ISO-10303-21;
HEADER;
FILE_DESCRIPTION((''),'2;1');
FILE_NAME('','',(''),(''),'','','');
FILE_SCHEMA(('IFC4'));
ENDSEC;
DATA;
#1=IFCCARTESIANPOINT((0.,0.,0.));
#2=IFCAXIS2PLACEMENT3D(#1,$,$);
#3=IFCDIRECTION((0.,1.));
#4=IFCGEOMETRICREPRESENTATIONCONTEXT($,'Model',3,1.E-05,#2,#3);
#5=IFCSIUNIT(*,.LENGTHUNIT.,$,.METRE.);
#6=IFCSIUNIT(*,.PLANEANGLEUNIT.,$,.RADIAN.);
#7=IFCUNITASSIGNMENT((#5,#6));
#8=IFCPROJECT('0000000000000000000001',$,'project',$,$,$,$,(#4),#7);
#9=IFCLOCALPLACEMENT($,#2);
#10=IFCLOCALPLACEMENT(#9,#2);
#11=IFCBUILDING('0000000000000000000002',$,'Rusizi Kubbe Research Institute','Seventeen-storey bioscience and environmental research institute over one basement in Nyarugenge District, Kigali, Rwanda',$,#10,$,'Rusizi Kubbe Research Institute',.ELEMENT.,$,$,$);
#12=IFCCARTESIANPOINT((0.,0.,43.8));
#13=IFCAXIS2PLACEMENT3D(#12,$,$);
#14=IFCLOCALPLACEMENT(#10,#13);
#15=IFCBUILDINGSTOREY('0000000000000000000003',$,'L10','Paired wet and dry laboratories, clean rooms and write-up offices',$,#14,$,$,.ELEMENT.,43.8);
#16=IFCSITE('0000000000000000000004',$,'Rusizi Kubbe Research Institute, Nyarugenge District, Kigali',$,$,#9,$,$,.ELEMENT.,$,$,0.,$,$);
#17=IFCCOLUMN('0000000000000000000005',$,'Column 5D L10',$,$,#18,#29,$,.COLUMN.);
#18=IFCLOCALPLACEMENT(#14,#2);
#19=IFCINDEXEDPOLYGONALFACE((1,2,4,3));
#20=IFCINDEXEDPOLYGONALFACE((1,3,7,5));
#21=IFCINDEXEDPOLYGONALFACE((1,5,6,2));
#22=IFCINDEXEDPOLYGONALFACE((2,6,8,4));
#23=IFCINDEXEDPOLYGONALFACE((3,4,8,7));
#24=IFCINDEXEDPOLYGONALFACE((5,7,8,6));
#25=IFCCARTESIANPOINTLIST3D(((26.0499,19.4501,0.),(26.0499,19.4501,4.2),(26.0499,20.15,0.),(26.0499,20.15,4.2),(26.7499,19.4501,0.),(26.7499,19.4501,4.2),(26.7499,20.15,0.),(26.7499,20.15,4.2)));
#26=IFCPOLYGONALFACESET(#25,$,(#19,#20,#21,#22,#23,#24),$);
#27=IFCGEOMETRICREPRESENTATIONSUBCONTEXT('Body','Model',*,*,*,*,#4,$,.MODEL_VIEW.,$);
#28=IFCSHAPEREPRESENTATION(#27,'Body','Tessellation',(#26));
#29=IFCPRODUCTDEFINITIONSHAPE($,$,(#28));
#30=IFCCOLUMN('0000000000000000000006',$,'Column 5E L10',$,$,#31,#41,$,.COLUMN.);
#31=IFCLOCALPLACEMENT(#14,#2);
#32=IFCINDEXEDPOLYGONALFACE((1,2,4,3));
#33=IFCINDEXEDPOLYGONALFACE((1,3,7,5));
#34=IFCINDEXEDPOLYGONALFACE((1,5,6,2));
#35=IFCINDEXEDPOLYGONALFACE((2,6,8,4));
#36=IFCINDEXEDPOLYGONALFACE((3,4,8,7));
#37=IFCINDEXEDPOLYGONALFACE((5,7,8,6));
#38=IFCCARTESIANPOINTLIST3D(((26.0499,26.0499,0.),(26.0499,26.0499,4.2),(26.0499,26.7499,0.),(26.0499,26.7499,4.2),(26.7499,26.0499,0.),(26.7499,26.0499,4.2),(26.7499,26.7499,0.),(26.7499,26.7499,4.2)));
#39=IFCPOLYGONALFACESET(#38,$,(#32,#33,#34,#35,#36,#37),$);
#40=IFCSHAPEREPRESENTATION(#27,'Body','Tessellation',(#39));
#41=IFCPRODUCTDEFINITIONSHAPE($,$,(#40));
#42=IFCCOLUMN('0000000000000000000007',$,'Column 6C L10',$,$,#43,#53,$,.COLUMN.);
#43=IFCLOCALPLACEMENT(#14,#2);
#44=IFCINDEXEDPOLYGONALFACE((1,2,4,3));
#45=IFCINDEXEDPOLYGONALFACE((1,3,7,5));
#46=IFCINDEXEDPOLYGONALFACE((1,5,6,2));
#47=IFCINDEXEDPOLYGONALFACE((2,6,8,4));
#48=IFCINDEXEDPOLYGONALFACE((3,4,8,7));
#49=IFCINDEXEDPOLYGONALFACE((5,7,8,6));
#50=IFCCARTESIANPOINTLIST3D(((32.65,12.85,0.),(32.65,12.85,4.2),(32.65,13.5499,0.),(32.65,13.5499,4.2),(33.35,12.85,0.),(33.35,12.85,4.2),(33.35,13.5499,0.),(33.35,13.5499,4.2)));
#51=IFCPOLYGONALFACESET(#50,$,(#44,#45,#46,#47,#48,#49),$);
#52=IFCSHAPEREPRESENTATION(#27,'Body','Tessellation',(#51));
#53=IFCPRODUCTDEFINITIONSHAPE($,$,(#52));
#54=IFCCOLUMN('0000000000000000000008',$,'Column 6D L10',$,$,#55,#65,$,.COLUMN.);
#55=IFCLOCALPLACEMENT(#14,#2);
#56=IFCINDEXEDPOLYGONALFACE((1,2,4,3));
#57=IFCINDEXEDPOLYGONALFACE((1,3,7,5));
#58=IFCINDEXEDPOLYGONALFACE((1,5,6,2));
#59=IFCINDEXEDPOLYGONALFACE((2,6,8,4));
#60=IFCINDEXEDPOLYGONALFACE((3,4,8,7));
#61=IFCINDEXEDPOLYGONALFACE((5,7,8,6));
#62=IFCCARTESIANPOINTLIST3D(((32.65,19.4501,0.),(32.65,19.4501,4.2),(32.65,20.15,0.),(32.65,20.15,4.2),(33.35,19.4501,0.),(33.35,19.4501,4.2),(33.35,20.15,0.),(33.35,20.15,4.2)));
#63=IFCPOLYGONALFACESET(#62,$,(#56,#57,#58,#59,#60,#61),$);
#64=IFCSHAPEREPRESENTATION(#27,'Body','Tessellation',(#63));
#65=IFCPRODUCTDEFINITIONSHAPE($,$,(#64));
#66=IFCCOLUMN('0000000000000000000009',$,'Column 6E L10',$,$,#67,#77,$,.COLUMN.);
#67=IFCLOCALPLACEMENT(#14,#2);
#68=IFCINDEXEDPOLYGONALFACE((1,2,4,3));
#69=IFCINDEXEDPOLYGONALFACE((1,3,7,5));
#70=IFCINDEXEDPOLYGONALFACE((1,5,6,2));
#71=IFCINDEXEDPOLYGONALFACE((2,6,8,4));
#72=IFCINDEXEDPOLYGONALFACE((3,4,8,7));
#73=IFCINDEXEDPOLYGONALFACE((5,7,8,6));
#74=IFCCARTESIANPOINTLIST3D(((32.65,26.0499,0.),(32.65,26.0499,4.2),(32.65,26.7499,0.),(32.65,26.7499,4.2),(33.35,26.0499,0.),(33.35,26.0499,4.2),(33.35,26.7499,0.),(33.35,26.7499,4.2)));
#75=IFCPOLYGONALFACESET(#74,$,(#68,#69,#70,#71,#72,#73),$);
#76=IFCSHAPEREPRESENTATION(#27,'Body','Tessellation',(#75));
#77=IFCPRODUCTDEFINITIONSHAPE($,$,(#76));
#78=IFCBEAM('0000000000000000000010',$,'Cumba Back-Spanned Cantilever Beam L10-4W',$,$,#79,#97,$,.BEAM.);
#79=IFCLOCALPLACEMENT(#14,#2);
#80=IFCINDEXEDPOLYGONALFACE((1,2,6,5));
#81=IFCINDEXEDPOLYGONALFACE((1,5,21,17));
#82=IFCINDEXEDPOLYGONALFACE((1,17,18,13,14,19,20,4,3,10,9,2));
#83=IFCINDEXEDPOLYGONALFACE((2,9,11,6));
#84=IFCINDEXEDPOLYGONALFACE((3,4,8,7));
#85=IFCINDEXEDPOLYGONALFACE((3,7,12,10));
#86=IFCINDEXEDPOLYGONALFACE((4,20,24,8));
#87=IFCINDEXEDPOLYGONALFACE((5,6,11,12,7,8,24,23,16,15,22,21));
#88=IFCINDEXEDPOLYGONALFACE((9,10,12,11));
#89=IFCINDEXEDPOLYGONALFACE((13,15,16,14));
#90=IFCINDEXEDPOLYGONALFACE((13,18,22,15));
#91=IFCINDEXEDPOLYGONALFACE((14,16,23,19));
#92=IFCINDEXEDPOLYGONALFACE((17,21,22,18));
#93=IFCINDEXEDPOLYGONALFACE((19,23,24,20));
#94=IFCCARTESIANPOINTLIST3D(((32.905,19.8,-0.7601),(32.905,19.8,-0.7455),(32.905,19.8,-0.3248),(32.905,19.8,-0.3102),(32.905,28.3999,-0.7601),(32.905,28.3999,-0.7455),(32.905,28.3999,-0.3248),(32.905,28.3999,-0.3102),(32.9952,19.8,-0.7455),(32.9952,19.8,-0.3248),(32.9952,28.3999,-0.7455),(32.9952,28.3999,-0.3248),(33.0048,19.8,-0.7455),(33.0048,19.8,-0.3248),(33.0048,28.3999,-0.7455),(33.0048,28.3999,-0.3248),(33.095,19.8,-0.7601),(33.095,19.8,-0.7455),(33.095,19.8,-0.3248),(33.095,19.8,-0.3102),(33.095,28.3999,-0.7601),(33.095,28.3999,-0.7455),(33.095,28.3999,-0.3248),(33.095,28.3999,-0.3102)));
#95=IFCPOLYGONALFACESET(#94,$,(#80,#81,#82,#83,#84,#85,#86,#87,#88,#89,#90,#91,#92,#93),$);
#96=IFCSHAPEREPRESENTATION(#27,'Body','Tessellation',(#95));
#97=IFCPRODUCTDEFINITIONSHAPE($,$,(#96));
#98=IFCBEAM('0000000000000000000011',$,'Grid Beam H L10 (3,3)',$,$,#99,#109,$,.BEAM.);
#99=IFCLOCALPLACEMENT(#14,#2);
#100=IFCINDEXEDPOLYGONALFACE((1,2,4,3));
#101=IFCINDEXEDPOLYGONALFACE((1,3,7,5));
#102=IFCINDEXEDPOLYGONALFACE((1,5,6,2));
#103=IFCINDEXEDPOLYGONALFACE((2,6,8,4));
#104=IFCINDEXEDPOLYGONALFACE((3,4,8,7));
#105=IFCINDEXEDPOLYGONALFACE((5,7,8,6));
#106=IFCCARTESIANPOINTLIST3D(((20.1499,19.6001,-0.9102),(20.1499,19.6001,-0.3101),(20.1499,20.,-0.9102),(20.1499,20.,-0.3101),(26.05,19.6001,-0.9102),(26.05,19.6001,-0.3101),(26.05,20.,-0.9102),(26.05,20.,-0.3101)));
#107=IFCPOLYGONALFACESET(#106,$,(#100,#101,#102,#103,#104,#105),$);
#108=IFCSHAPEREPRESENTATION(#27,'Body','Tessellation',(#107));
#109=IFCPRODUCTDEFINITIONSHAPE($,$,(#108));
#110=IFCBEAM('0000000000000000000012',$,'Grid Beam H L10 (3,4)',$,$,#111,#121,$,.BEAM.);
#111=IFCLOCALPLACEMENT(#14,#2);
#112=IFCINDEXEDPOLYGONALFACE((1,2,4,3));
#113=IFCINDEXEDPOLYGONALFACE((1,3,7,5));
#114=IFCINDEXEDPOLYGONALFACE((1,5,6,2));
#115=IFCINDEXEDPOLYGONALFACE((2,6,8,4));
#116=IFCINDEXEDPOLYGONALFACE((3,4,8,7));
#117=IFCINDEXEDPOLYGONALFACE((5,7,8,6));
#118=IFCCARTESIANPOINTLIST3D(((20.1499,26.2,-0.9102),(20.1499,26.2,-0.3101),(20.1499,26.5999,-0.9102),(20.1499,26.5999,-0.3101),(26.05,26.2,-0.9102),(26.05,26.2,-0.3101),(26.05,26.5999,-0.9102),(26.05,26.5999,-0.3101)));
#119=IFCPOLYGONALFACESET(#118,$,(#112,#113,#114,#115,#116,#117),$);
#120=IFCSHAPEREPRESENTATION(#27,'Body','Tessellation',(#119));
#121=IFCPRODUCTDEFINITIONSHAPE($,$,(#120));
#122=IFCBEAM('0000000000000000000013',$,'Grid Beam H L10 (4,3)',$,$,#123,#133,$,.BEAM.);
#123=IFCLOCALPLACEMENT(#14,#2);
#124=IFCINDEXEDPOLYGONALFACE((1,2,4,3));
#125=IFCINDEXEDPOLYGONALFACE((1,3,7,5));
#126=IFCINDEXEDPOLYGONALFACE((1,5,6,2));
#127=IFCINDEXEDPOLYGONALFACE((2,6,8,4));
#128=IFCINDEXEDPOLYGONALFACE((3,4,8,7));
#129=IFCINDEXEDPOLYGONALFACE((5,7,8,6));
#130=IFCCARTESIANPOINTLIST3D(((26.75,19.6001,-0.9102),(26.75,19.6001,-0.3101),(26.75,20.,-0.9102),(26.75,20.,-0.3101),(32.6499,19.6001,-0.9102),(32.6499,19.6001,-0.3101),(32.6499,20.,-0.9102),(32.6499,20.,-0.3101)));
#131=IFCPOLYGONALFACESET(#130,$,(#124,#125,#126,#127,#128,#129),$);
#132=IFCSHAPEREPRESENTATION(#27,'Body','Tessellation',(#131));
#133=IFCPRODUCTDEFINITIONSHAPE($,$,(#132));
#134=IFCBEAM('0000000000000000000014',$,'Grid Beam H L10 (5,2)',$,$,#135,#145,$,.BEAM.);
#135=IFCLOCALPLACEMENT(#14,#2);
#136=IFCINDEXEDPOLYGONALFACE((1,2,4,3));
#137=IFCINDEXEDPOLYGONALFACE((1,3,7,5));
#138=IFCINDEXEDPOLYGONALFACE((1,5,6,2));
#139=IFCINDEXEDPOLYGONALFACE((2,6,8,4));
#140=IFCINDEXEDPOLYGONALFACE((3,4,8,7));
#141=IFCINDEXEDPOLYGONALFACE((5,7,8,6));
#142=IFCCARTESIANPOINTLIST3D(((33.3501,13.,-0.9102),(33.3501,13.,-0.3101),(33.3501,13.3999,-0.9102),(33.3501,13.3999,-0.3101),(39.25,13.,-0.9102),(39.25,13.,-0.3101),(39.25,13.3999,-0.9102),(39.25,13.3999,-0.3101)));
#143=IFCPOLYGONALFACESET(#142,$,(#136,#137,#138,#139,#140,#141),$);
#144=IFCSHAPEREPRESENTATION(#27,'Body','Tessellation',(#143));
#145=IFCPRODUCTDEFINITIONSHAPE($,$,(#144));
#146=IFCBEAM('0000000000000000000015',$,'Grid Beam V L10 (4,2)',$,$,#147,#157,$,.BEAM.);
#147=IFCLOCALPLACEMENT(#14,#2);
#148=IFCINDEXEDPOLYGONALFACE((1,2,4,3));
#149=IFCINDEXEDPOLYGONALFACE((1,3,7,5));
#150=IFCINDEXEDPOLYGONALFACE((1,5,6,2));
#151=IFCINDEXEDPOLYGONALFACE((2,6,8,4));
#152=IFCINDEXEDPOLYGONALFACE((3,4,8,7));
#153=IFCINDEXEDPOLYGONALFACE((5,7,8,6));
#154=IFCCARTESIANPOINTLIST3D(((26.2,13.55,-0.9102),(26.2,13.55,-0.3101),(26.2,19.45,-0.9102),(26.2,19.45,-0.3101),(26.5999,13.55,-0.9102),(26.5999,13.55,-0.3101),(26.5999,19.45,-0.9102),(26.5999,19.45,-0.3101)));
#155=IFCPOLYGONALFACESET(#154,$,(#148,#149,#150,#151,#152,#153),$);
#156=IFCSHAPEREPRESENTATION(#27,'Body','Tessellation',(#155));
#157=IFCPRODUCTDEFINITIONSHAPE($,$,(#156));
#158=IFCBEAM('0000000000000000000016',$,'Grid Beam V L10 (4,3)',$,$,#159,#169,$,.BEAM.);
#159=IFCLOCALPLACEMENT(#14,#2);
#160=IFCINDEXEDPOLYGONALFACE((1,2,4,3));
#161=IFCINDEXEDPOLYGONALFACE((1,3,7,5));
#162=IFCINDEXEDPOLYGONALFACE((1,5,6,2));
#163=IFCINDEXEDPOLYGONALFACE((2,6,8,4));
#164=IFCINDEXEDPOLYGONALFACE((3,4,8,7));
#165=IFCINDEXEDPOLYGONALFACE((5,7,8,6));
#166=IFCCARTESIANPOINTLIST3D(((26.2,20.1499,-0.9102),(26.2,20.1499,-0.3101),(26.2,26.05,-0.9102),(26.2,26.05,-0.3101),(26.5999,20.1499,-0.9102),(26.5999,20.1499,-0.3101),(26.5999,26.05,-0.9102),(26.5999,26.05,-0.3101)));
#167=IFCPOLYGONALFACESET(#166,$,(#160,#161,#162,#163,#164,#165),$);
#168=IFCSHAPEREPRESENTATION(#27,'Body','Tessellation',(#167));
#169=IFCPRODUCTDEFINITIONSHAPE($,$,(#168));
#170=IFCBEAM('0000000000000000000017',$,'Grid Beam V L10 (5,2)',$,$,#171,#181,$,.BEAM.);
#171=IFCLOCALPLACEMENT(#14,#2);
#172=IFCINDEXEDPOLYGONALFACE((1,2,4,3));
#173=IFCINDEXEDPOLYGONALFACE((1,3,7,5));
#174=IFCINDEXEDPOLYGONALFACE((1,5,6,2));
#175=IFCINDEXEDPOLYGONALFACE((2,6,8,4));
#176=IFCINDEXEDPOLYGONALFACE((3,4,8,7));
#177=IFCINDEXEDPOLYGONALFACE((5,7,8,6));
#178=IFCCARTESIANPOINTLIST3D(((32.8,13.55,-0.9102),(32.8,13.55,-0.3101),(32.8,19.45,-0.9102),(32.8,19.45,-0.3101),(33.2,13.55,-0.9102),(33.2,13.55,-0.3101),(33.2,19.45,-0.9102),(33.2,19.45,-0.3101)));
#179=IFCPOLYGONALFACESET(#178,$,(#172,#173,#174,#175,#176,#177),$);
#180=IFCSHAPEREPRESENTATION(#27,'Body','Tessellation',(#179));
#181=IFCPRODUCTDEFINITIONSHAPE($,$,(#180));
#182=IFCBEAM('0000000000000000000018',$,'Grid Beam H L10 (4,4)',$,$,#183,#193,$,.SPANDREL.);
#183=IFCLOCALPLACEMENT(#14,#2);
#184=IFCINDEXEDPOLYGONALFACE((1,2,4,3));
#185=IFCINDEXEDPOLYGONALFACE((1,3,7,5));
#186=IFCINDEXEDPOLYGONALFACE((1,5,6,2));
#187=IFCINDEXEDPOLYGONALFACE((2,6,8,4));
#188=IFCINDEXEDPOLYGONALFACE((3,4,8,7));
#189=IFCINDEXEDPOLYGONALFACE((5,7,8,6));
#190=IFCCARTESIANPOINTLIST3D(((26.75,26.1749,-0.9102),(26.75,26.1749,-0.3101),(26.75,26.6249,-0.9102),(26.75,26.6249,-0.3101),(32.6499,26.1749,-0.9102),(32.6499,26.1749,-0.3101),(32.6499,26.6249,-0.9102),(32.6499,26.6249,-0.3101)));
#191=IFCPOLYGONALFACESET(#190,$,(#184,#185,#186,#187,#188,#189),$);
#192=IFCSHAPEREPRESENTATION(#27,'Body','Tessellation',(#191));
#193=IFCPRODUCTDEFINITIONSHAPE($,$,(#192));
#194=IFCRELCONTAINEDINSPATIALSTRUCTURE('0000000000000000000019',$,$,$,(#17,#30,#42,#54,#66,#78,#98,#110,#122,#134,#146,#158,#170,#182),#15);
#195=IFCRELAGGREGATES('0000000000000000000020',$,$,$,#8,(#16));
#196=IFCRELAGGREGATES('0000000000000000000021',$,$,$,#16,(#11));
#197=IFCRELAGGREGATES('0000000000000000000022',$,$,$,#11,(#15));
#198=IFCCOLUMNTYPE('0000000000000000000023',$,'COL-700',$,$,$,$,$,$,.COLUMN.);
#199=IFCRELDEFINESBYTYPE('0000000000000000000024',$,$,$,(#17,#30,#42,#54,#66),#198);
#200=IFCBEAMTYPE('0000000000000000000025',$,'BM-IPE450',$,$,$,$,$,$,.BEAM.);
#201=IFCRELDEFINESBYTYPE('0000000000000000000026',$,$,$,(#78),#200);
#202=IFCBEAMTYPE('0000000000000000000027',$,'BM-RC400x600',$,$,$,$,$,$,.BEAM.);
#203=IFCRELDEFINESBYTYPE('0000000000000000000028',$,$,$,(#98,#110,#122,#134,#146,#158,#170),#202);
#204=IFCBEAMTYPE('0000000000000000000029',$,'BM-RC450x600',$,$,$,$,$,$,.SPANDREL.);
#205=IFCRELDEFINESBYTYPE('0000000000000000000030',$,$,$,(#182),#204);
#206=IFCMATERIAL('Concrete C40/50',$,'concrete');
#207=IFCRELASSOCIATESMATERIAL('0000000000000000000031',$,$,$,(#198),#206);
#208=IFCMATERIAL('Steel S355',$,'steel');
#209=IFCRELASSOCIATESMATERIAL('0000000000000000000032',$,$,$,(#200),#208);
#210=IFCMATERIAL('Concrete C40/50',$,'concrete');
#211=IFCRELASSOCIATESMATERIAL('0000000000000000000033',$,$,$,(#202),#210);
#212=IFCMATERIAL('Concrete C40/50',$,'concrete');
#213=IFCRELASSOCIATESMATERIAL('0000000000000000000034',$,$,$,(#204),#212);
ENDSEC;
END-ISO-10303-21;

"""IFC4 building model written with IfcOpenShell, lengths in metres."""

from ifc_helpers import new_model, si_unit, direction, frame, origin, origin_2d, place, context, subcontext, project, spatial, rectangle, i_section, extrude, material, material_profile, profile_set, type_object, element, save


model = new_model("IFC4")

# Units and contexts
model_context = context("Model", 3, precision=1e-05, world=origin(), true_north=direction((0.0, 1.0)))
body_context = subcontext(model_context, "Body", "Model", "MODEL_VIEW")
ifc_project = project(units=[si_unit("LENGTHUNIT", "METRE"), si_unit("PLANEANGLEUNIT", "RADIAN")], contexts=[model_context])

# Site, building, storey
site_placement = place(None, origin())
site = spatial("IfcSite", under=ifc_project, at=site_placement, Name="Rusizi Kubbe Research Institute, Nyarugenge District, Kigali", CompositionType="ELEMENT", RefElevation=0.0)
building_placement = place(site_placement, origin())
building = spatial("IfcBuilding", under=site, at=building_placement, Name="Rusizi Kubbe Research Institute", Description="Seventeen-storey bioscience and environmental research institute over one basement in Nyarugenge District, Kigali, Rwanda", LongName="Rusizi Kubbe Research Institute", CompositionType="ELEMENT")
storey_placement = place(building_placement, frame((0.0, 0.0, 43.8)))
storey = spatial("IfcBuildingStorey", under=building, at=storey_placement, Name="L10", Description="Paired wet and dry laboratories, clean rooms and write-up offices", CompositionType="ELEMENT", Elevation=43.8)

# Columns
ifc_material_1 = material(Name="Concrete C40/50", Category="concrete")
ifc_material_profile_1 = material_profile(ifc_material_1, rectangle(XDim=0.7, YDim=0.7, at=origin_2d()), Name="RC700x700")
ifc_profile_set_1 = profile_set([ifc_material_profile_1], Name="Concrete C40/50")
column_type = type_object("IfcColumnType", Name="COL-700", PredefinedType="COLUMN", material=ifc_profile_set_1)
for number, where, z_axis, x_axis, name in (
    (1, (26.3999, 19.8, 0.0), (0.0, 0.0, 1.0), (1.0, 0.0, 0.0), "Column 5D L10"),
    (2, (26.3999, 26.3999, 0.0), (0.0, 0.0, 1.0), (1.0, 0.0, 0.0), "Column 5E L10"),
    (3, (33.0, 13.2, 0.0), (0.0, 0.0, 1.0), (1.0, 0.0, 0.0), "Column 6C L10"),
    (4, (33.0, 19.8, 0.0), (0.0, 0.0, 1.0), (1.0, 0.0, 0.0), "Column 6D L10"),
    (5, (33.0, 26.3999, 0.0), (0.0, 0.0, 1.0), (1.0, 0.0, 0.0), "Column 6E L10"),
):
    element("IfcColumn", number, at=place(storey_placement, frame(where, z_axis=z_axis, x_axis=x_axis)), inside=storey, type_object=column_type, Name=name, PredefinedType="COLUMN", context=body_context, shape_type="SweptSolid", body=[
        extrude(rectangle(XDim=0.7, YDim=0.7, at=origin_2d()), origin(), (0.0, 0.0, 1.0), 4.2),
    ])

# Beams
ifc_material_2 = material(Name="Steel S355", Category="steel")
ifc_material_profile_2 = material_profile(ifc_material_2, i_section(OverallWidth=0.1899, OverallDepth=0.45, WebThickness=0.0095, FlangeThickness=0.0146, at=origin_2d()), Name="IPE 450")
ifc_profile_set_2 = profile_set([ifc_material_profile_2], Name="Steel S355")
beam_type_1 = type_object("IfcBeamType", Name="BM-IPE450", PredefinedType="BEAM", material=ifc_profile_set_2)
beam_1_placement = place(storey_placement, frame((33.0, 19.8, -0.5352), z_axis=(0.0, 1.0, 0.0), x_axis=(-1.0, 0.0, 0.0)))
element("IfcBeam", 6, at=beam_1_placement, inside=storey, type_object=beam_type_1, Name="Cumba Back-Spanned Cantilever Beam L10-4W", PredefinedType="BEAM", context=body_context, shape_type="SweptSolid", body=[
    extrude(i_section(OverallWidth=0.1899, OverallDepth=0.45, WebThickness=0.0095, FlangeThickness=0.0146, at=origin_2d()), origin(), (0.0, 0.0, 1.0), 8.5999),
])
ifc_material_3 = material(Name="Concrete C40/50", Category="concrete")
ifc_material_profile_3 = material_profile(ifc_material_3, rectangle(XDim=0.3999, YDim=0.6001, at=origin_2d()), Name="RC400x600")
ifc_profile_set_3 = profile_set([ifc_material_profile_3], Name="Concrete C40/50")
beam_type_2 = type_object("IfcBeamType", Name="BM-RC400x600", PredefinedType="BEAM", material=ifc_profile_set_3)
for number, where, z_axis, x_axis, name in (
    (7, (20.1499, 19.8, -0.6101), (1.0, 0.0, 0.0), (0.0, 1.0, 0.0), "Grid Beam H L10 (3,3)"),
    (8, (20.1499, 26.3999, -0.6101), (1.0, 0.0, 0.0), (0.0, 1.0, 0.0), "Grid Beam H L10 (3,4)"),
):
    element("IfcBeam", number, at=place(storey_placement, frame(where, z_axis=z_axis, x_axis=x_axis)), inside=storey, type_object=beam_type_2, Name=name, PredefinedType="BEAM", context=body_context, shape_type="SweptSolid", body=[
        extrude(rectangle(XDim=0.3999, YDim=0.6001, at=origin_2d()), origin(), (0.0, 0.0, 1.0), 5.9001),
    ])
for number, where, z_axis, x_axis, name in (
    (9, (26.75, 19.8, -0.6101), (1.0, 0.0, 0.0), (0.0, 1.0, 0.0), "Grid Beam H L10 (4,3)"),
    (10, (33.3501, 13.2, -0.6101), (1.0, 0.0, 0.0), (0.0, 1.0, 0.0), "Grid Beam H L10 (5,2)"),
    (11, (26.3999, 13.55, -0.6101), (0.0, 1.0, 0.0), (-1.0, 0.0, 0.0), "Grid Beam V L10 (4,2)"),
):
    element("IfcBeam", number, at=place(storey_placement, frame(where, z_axis=z_axis, x_axis=x_axis)), inside=storey, type_object=beam_type_2, Name=name, PredefinedType="BEAM", context=body_context, shape_type="SweptSolid", body=[
        extrude(rectangle(XDim=0.3999, YDim=0.6001, at=origin_2d()), origin(), (0.0, 0.0, 1.0), 5.8999),
    ])
beam_2_placement = place(storey_placement, frame((26.3999, 20.1499, -0.6101), z_axis=(0.0, 1.0, 0.0), x_axis=(-1.0, 0.0, 0.0)))
element("IfcBeam", 12, at=beam_2_placement, inside=storey, type_object=beam_type_2, Name="Grid Beam V L10 (4,3)", PredefinedType="BEAM", context=body_context, shape_type="SweptSolid", body=[
    extrude(rectangle(XDim=0.3999, YDim=0.6001, at=origin_2d()), origin(), (0.0, 0.0, 1.0), 5.9001),
])
beam_3_placement = place(storey_placement, frame((33.0, 13.55, -0.6101), z_axis=(0.0, 1.0, 0.0), x_axis=(-1.0, 0.0, 0.0)))
element("IfcBeam", 13, at=beam_3_placement, inside=storey, type_object=beam_type_2, Name="Grid Beam V L10 (5,2)", PredefinedType="BEAM", context=body_context, shape_type="SweptSolid", body=[
    extrude(rectangle(XDim=0.3999, YDim=0.6001, at=origin_2d()), origin(), (0.0, 0.0, 1.0), 5.8999),
])
ifc_material_4 = material(Name="Concrete C40/50", Category="concrete")
ifc_material_profile_4 = material_profile(ifc_material_4, rectangle(XDim=0.45, YDim=0.6001, at=origin_2d()), Name="RC450x600")
ifc_profile_set_4 = profile_set([ifc_material_profile_4], Name="Concrete C40/50")
beam_type_3 = type_object("IfcBeamType", Name="BM-RC450x600", PredefinedType="SPANDREL", material=ifc_profile_set_4)
beam_4_placement = place(storey_placement, frame((26.75, 26.3999, -0.6101), z_axis=(1.0, 0.0, 0.0), x_axis=(0.0, 1.0, 0.0)))
element("IfcBeam", 14, at=beam_4_placement, inside=storey, type_object=beam_type_3, Name="Grid Beam H L10 (4,4)", PredefinedType="SPANDREL", context=body_context, shape_type="SweptSolid", body=[
    extrude(rectangle(XDim=0.45, YDim=0.6001, at=origin_2d()), origin(), (0.0, 0.0, 1.0), 5.8999),
])

save(model, "model.ifc")
